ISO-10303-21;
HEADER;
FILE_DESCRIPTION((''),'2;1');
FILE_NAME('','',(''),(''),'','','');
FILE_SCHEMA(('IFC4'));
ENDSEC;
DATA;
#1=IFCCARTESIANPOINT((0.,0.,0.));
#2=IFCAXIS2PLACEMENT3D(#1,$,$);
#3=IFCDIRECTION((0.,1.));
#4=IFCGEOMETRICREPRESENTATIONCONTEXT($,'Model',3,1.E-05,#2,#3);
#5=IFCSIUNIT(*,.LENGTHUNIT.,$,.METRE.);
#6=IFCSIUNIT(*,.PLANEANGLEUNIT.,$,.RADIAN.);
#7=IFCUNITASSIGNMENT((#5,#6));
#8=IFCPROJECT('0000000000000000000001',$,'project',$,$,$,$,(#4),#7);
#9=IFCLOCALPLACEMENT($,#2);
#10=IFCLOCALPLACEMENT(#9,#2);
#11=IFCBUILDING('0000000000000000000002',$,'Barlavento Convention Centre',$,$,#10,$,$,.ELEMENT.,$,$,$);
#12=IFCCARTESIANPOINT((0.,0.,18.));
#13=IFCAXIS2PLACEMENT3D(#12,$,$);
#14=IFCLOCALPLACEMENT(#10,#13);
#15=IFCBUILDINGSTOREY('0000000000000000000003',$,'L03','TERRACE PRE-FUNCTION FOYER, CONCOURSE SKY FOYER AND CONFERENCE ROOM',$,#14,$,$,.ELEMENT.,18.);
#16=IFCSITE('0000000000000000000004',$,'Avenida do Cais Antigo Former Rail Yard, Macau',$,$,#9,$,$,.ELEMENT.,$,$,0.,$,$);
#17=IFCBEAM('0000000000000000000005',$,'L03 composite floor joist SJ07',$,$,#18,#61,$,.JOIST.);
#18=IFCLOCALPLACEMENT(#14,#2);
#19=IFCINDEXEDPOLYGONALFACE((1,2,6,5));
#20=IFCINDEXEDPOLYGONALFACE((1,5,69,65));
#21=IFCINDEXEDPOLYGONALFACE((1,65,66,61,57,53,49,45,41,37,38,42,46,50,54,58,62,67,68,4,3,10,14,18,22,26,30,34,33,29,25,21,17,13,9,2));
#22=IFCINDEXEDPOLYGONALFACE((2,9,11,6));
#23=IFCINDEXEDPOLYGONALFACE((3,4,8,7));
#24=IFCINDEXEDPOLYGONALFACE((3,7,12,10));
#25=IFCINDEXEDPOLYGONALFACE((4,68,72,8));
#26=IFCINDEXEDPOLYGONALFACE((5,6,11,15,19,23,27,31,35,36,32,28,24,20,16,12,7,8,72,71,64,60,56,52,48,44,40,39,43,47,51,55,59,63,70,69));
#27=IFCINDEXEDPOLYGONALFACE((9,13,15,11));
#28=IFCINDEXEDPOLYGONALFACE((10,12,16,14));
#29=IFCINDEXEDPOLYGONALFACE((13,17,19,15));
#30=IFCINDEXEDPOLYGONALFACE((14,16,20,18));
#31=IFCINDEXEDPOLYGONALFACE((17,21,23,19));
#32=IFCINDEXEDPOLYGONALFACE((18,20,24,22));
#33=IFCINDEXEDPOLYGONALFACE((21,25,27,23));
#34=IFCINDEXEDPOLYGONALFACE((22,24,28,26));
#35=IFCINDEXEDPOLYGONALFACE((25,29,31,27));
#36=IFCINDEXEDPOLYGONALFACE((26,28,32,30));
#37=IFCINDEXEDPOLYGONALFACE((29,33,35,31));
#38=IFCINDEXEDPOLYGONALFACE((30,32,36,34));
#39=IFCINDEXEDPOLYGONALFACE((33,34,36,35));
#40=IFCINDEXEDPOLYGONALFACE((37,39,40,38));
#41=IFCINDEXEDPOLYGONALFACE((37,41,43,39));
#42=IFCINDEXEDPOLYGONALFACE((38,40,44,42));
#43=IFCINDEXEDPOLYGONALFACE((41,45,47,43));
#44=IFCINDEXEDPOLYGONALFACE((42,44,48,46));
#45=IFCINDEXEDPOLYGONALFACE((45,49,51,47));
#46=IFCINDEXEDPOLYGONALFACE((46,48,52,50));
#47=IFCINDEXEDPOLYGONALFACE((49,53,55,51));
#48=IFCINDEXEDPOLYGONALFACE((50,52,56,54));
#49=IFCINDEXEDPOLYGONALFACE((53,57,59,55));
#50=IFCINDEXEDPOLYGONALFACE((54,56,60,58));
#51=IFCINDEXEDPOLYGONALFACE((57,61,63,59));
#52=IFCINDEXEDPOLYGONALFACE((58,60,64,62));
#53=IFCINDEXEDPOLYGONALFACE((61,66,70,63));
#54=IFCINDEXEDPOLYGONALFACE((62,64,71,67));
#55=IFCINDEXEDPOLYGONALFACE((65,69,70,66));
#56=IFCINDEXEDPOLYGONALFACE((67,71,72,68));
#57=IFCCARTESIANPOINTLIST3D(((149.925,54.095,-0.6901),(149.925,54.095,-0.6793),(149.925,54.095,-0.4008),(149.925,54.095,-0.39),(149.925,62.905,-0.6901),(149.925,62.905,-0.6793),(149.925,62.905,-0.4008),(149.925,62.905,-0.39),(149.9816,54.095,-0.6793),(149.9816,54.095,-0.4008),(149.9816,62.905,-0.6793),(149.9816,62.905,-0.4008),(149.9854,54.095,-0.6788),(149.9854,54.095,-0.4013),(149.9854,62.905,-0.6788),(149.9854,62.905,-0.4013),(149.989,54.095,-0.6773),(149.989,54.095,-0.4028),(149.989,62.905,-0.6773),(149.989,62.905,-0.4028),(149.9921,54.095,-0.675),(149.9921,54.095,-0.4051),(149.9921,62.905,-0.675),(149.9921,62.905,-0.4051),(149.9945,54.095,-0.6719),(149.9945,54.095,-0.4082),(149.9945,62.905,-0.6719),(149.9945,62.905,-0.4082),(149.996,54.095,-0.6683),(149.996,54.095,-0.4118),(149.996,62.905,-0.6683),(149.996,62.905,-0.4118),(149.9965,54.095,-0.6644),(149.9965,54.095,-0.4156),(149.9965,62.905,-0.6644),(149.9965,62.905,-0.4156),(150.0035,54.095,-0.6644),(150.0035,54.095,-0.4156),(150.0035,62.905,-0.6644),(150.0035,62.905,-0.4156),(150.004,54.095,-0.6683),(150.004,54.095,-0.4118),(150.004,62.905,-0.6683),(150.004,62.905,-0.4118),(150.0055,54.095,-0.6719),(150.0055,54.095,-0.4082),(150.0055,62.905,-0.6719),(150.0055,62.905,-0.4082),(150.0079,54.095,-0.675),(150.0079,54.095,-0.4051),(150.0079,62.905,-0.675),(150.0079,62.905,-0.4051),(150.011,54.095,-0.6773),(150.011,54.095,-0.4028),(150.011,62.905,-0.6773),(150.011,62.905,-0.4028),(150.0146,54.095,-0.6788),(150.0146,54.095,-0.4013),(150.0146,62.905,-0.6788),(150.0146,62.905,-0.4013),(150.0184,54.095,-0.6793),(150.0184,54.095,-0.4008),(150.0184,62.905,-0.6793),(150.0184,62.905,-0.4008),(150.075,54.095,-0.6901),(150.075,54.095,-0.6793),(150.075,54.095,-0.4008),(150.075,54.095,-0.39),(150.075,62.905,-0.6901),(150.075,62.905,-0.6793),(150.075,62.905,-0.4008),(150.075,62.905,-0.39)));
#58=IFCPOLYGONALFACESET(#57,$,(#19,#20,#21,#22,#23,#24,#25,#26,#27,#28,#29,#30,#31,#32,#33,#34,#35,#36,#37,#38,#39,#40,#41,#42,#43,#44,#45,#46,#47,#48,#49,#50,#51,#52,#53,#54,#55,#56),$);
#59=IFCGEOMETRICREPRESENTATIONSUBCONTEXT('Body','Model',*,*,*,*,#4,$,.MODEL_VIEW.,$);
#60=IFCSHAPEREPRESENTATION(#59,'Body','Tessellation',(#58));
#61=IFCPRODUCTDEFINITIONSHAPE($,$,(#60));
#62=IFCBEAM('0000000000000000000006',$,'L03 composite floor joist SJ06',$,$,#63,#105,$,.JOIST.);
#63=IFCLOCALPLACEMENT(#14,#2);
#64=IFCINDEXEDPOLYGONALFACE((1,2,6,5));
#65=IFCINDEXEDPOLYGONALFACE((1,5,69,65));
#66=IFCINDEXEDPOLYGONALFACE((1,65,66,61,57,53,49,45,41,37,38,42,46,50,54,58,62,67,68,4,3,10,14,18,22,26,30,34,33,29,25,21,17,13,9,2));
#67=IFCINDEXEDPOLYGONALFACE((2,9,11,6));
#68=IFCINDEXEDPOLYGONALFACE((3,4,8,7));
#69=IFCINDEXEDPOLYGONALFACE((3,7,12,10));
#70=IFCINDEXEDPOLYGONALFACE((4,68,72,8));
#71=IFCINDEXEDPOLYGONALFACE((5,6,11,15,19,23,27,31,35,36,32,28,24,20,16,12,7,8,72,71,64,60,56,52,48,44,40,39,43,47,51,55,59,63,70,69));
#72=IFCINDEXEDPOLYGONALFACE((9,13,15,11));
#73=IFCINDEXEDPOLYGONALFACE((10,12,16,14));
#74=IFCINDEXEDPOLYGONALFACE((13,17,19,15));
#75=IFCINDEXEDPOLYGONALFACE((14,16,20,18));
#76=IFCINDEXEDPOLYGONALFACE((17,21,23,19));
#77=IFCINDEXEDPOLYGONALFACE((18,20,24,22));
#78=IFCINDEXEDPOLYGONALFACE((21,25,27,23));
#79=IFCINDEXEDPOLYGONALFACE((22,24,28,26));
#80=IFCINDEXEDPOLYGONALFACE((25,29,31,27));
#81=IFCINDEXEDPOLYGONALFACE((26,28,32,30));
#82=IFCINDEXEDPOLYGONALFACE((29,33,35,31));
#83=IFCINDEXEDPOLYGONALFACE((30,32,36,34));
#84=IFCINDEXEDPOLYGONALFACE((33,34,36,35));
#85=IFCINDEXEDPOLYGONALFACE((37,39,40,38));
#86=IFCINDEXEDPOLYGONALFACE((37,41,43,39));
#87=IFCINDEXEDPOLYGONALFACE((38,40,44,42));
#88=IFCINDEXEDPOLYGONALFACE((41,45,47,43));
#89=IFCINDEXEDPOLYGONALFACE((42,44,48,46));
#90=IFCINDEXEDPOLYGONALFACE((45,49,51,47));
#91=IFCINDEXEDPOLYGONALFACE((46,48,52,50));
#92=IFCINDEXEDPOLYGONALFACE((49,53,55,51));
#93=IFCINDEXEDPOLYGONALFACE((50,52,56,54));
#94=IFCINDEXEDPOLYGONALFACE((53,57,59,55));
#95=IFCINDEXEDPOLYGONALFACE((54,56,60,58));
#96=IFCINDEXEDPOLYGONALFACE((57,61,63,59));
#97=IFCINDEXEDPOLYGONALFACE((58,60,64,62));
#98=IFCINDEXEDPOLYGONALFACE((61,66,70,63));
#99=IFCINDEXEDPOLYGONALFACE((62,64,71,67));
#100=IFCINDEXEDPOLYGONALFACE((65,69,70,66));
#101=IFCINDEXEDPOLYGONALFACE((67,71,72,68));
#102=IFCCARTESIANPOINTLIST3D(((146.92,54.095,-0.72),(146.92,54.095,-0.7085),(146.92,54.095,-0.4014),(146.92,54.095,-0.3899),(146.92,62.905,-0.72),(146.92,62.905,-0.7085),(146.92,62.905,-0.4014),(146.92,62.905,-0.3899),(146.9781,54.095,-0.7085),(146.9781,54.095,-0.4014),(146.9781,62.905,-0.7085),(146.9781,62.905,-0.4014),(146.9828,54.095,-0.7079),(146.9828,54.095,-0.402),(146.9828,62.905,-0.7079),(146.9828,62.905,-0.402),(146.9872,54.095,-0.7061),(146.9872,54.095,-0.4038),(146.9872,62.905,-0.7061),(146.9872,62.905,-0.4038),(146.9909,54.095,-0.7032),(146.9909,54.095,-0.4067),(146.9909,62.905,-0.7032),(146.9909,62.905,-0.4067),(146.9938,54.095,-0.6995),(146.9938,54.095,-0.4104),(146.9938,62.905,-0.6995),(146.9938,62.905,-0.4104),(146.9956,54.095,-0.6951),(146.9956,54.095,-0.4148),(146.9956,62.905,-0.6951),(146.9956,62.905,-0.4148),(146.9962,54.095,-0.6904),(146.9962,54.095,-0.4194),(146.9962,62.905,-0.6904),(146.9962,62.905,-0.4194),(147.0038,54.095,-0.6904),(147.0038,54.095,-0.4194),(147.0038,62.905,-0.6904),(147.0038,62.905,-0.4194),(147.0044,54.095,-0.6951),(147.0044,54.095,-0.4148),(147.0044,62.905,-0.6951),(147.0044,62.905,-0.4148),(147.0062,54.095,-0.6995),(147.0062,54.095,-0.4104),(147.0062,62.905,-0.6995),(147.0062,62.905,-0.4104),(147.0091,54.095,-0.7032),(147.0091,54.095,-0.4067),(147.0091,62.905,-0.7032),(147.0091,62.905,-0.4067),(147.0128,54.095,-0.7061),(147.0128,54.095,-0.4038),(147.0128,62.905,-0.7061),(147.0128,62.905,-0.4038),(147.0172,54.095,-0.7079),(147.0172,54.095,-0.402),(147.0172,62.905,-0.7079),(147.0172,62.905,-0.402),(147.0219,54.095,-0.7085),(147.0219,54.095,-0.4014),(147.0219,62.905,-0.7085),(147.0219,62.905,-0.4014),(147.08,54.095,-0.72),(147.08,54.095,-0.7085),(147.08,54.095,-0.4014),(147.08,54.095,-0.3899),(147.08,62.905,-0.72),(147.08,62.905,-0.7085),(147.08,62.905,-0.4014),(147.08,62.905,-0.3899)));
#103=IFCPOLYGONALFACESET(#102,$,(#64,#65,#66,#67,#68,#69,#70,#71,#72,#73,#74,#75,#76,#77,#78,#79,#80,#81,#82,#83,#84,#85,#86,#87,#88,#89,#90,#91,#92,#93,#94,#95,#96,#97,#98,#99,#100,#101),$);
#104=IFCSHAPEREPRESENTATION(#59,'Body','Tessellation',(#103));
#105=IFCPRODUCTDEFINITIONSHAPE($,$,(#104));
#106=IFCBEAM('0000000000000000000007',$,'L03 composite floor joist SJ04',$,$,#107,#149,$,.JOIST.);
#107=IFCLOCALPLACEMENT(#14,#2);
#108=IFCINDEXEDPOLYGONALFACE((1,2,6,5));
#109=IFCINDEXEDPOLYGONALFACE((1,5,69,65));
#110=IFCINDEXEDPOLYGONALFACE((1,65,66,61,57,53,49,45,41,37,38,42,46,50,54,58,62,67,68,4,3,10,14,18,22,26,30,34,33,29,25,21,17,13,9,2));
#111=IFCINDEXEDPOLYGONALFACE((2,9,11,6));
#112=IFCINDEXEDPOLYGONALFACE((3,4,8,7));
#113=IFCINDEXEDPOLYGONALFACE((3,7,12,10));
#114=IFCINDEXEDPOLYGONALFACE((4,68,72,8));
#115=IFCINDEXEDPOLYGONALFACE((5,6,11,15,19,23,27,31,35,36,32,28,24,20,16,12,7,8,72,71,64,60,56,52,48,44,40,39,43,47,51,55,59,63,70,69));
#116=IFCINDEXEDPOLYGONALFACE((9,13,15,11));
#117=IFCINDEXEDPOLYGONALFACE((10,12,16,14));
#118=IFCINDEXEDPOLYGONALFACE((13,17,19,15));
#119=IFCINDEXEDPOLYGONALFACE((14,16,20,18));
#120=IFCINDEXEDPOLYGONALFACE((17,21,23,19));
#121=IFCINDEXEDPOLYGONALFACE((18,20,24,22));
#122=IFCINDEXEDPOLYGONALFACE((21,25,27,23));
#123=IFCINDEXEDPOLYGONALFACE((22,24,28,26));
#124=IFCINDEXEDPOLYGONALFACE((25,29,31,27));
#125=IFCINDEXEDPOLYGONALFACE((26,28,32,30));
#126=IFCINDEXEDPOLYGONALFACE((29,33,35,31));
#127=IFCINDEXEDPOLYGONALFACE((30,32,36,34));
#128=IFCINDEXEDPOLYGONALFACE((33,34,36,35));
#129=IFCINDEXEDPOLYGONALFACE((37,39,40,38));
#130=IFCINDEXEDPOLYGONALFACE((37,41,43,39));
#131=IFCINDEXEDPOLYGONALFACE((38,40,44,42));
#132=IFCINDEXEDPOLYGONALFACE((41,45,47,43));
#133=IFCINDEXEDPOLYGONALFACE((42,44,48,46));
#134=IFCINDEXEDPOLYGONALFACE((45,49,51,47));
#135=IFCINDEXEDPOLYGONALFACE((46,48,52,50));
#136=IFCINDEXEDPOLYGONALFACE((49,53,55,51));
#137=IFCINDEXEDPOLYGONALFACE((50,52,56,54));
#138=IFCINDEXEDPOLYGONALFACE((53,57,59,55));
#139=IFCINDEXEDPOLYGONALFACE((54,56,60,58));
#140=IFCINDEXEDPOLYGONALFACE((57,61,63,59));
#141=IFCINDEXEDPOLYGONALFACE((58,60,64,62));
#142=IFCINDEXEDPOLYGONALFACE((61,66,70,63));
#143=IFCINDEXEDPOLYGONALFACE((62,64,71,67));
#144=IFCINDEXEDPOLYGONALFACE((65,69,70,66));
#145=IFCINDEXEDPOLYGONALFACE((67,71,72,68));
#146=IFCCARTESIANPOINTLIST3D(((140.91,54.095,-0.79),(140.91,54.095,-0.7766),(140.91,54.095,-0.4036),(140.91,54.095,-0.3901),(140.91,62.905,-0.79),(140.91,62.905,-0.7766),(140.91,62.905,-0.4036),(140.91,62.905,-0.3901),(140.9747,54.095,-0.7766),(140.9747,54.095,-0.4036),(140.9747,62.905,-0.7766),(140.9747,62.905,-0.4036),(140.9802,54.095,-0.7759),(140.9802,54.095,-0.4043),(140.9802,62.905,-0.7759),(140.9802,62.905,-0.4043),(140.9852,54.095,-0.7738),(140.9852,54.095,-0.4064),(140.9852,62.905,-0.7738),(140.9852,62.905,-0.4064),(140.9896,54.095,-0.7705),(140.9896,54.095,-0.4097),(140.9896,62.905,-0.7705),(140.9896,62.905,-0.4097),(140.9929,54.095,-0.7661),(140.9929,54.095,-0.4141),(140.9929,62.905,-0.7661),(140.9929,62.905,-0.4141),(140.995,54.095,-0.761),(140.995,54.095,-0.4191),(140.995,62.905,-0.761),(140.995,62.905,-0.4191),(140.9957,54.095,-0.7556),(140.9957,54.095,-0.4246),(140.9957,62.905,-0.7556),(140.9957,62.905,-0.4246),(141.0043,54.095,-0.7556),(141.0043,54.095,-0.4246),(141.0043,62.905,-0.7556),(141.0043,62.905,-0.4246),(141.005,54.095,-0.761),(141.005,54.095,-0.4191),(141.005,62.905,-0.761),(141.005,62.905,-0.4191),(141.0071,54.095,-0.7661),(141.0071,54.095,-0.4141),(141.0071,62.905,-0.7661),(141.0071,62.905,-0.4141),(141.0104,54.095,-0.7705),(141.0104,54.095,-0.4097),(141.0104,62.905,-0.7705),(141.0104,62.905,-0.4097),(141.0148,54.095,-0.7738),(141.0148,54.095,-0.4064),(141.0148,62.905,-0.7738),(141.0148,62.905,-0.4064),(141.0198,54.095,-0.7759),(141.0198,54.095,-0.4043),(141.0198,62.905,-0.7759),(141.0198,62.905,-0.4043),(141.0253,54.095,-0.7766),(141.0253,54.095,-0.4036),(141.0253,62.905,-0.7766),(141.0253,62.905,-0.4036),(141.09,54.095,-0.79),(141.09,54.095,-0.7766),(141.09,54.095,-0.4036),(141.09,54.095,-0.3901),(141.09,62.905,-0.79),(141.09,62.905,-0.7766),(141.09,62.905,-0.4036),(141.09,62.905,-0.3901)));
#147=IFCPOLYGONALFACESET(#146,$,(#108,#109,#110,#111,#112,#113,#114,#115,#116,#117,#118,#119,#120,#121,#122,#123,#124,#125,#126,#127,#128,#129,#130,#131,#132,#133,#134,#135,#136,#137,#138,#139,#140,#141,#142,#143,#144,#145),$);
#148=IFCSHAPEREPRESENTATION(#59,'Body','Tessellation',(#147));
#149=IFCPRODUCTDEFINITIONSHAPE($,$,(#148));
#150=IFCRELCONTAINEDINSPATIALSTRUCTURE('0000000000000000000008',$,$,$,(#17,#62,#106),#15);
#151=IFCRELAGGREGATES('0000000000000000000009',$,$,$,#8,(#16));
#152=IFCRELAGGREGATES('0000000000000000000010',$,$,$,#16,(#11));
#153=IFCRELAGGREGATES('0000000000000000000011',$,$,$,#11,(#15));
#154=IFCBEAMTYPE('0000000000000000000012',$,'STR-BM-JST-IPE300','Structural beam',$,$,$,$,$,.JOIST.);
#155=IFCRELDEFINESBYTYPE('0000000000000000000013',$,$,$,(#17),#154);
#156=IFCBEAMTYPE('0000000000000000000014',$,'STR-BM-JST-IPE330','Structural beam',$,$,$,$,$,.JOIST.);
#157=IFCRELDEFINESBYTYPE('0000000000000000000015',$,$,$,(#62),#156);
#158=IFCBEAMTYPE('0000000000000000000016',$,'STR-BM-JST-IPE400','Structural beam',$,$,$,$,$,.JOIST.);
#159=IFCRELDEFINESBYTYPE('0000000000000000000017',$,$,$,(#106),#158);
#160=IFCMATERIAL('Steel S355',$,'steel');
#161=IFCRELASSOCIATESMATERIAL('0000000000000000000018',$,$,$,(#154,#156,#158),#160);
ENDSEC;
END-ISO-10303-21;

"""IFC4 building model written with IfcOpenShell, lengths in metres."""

from ifc_helpers import new_model, si_unit, direction, frame, origin, origin_2d, place, context, subcontext, project, spatial, i_section, extrude, material, material_profile, profile_set, type_object, element, save


model = new_model("IFC4")

# Units and contexts
model_context = context("Model", 3, precision=1e-05, world=origin(), true_north=direction((0.0, 1.0)))
body_context = subcontext(model_context, "Body", "Model", "MODEL_VIEW")
ifc_project = project(units=[si_unit("LENGTHUNIT", "METRE"), si_unit("PLANEANGLEUNIT", "RADIAN")], contexts=[model_context])

# Site, building, storey
site_placement = place(None, origin())
site = spatial("IfcSite", under=ifc_project, at=site_placement, Name="Avenida do Cais Antigo Former Rail Yard, Macau", CompositionType="ELEMENT", RefElevation=0.0)
building_placement = place(site_placement, origin())
building = spatial("IfcBuilding", under=site, at=building_placement, Name="Barlavento Convention Centre", CompositionType="ELEMENT")
storey_placement = place(building_placement, frame((0.0, 0.0, 18.0)))
storey = spatial("IfcBuildingStorey", under=building, at=storey_placement, Name="L03", Description="TERRACE PRE-FUNCTION FOYER, CONCOURSE SKY FOYER AND CONFERENCE ROOM", CompositionType="ELEMENT", Elevation=18.0)

# Shared definitions
ifc_material_1 = material(Name="Steel S355", Category="steel")

# Beams
ifc_material_profile_1 = material_profile(ifc_material_1, i_section(OverallWidth=0.1499, OverallDepth=0.3, WebThickness=0.0071, FlangeThickness=0.0107, FilletRadius=0.0149, at=origin_2d()), Name="IPE 300")
ifc_profile_set_1 = profile_set([ifc_material_profile_1], Name="Steel S355")
beam_type_1 = type_object("IfcBeamType", Name="STR-BM-JST-IPE300", Description="Structural beam", PredefinedType="JOIST", material=ifc_profile_set_1)
beam_1_placement = place(storey_placement, frame((150.0, 54.095, -0.54), z_axis=(0.0, 1.0, 0.0), x_axis=(-1.0, 0.0, 0.0)))
element("IfcBeam", 1, at=beam_1_placement, inside=storey, type_object=beam_type_1, Name="L03 composite floor joist SJ07", PredefinedType="JOIST", context=body_context, shape_type="SweptSolid", body=[
    extrude(i_section(OverallWidth=0.1499, OverallDepth=0.3, WebThickness=0.0071, FlangeThickness=0.0107, FilletRadius=0.0149, at=origin_2d()), origin(), (0.0, 0.0, 1.0), 8.8101),
])
ifc_material_profile_2 = material_profile(ifc_material_1, i_section(OverallWidth=0.1599, OverallDepth=0.3301, WebThickness=0.0076, FlangeThickness=0.0115, FilletRadius=0.0181, at=origin_2d()), Name="IPE 330")
ifc_profile_set_2 = profile_set([ifc_material_profile_2], Name="Steel S355")
beam_type_2 = type_object("IfcBeamType", Name="STR-BM-JST-IPE330", Description="Structural beam", PredefinedType="JOIST", material=ifc_profile_set_2)
beam_2_placement = place(storey_placement, frame((147.0, 54.095, -0.5549), z_axis=(0.0, 1.0, 0.0), x_axis=(-1.0, 0.0, 0.0)))
element("IfcBeam", 2, at=beam_2_placement, inside=storey, type_object=beam_type_2, Name="L03 composite floor joist SJ06", PredefinedType="JOIST", context=body_context, shape_type="SweptSolid", body=[
    extrude(i_section(OverallWidth=0.1599, OverallDepth=0.3301, WebThickness=0.0076, FlangeThickness=0.0115, FilletRadius=0.0181, at=origin_2d()), origin(), (0.0, 0.0, 1.0), 8.8101),
])
ifc_material_profile_3 = material_profile(ifc_material_1, i_section(OverallWidth=0.1799, OverallDepth=0.3999, WebThickness=0.0085, FlangeThickness=0.0134, FilletRadius=0.021, at=origin_2d()), Name="IPE 400")
ifc_profile_set_3 = profile_set([ifc_material_profile_3], Name="Steel S355")
beam_type_3 = type_object("IfcBeamType", Name="STR-BM-JST-IPE400", Description="Structural beam", PredefinedType="JOIST", material=ifc_profile_set_3)
beam_3_placement = place(storey_placement, frame((141.0, 54.095, -0.5901), z_axis=(0.0, 1.0, 0.0), x_axis=(-1.0, 0.0, 0.0)))
element("IfcBeam", 3, at=beam_3_placement, inside=storey, type_object=beam_type_3, Name="L03 composite floor joist SJ04", PredefinedType="JOIST", context=body_context, shape_type="SweptSolid", body=[
    extrude(i_section(OverallWidth=0.1799, OverallDepth=0.3999, WebThickness=0.0085, FlangeThickness=0.0134, FilletRadius=0.021, at=origin_2d()), origin(), (0.0, 0.0, 1.0), 8.8101),
])

save(model, "model.ifc")
